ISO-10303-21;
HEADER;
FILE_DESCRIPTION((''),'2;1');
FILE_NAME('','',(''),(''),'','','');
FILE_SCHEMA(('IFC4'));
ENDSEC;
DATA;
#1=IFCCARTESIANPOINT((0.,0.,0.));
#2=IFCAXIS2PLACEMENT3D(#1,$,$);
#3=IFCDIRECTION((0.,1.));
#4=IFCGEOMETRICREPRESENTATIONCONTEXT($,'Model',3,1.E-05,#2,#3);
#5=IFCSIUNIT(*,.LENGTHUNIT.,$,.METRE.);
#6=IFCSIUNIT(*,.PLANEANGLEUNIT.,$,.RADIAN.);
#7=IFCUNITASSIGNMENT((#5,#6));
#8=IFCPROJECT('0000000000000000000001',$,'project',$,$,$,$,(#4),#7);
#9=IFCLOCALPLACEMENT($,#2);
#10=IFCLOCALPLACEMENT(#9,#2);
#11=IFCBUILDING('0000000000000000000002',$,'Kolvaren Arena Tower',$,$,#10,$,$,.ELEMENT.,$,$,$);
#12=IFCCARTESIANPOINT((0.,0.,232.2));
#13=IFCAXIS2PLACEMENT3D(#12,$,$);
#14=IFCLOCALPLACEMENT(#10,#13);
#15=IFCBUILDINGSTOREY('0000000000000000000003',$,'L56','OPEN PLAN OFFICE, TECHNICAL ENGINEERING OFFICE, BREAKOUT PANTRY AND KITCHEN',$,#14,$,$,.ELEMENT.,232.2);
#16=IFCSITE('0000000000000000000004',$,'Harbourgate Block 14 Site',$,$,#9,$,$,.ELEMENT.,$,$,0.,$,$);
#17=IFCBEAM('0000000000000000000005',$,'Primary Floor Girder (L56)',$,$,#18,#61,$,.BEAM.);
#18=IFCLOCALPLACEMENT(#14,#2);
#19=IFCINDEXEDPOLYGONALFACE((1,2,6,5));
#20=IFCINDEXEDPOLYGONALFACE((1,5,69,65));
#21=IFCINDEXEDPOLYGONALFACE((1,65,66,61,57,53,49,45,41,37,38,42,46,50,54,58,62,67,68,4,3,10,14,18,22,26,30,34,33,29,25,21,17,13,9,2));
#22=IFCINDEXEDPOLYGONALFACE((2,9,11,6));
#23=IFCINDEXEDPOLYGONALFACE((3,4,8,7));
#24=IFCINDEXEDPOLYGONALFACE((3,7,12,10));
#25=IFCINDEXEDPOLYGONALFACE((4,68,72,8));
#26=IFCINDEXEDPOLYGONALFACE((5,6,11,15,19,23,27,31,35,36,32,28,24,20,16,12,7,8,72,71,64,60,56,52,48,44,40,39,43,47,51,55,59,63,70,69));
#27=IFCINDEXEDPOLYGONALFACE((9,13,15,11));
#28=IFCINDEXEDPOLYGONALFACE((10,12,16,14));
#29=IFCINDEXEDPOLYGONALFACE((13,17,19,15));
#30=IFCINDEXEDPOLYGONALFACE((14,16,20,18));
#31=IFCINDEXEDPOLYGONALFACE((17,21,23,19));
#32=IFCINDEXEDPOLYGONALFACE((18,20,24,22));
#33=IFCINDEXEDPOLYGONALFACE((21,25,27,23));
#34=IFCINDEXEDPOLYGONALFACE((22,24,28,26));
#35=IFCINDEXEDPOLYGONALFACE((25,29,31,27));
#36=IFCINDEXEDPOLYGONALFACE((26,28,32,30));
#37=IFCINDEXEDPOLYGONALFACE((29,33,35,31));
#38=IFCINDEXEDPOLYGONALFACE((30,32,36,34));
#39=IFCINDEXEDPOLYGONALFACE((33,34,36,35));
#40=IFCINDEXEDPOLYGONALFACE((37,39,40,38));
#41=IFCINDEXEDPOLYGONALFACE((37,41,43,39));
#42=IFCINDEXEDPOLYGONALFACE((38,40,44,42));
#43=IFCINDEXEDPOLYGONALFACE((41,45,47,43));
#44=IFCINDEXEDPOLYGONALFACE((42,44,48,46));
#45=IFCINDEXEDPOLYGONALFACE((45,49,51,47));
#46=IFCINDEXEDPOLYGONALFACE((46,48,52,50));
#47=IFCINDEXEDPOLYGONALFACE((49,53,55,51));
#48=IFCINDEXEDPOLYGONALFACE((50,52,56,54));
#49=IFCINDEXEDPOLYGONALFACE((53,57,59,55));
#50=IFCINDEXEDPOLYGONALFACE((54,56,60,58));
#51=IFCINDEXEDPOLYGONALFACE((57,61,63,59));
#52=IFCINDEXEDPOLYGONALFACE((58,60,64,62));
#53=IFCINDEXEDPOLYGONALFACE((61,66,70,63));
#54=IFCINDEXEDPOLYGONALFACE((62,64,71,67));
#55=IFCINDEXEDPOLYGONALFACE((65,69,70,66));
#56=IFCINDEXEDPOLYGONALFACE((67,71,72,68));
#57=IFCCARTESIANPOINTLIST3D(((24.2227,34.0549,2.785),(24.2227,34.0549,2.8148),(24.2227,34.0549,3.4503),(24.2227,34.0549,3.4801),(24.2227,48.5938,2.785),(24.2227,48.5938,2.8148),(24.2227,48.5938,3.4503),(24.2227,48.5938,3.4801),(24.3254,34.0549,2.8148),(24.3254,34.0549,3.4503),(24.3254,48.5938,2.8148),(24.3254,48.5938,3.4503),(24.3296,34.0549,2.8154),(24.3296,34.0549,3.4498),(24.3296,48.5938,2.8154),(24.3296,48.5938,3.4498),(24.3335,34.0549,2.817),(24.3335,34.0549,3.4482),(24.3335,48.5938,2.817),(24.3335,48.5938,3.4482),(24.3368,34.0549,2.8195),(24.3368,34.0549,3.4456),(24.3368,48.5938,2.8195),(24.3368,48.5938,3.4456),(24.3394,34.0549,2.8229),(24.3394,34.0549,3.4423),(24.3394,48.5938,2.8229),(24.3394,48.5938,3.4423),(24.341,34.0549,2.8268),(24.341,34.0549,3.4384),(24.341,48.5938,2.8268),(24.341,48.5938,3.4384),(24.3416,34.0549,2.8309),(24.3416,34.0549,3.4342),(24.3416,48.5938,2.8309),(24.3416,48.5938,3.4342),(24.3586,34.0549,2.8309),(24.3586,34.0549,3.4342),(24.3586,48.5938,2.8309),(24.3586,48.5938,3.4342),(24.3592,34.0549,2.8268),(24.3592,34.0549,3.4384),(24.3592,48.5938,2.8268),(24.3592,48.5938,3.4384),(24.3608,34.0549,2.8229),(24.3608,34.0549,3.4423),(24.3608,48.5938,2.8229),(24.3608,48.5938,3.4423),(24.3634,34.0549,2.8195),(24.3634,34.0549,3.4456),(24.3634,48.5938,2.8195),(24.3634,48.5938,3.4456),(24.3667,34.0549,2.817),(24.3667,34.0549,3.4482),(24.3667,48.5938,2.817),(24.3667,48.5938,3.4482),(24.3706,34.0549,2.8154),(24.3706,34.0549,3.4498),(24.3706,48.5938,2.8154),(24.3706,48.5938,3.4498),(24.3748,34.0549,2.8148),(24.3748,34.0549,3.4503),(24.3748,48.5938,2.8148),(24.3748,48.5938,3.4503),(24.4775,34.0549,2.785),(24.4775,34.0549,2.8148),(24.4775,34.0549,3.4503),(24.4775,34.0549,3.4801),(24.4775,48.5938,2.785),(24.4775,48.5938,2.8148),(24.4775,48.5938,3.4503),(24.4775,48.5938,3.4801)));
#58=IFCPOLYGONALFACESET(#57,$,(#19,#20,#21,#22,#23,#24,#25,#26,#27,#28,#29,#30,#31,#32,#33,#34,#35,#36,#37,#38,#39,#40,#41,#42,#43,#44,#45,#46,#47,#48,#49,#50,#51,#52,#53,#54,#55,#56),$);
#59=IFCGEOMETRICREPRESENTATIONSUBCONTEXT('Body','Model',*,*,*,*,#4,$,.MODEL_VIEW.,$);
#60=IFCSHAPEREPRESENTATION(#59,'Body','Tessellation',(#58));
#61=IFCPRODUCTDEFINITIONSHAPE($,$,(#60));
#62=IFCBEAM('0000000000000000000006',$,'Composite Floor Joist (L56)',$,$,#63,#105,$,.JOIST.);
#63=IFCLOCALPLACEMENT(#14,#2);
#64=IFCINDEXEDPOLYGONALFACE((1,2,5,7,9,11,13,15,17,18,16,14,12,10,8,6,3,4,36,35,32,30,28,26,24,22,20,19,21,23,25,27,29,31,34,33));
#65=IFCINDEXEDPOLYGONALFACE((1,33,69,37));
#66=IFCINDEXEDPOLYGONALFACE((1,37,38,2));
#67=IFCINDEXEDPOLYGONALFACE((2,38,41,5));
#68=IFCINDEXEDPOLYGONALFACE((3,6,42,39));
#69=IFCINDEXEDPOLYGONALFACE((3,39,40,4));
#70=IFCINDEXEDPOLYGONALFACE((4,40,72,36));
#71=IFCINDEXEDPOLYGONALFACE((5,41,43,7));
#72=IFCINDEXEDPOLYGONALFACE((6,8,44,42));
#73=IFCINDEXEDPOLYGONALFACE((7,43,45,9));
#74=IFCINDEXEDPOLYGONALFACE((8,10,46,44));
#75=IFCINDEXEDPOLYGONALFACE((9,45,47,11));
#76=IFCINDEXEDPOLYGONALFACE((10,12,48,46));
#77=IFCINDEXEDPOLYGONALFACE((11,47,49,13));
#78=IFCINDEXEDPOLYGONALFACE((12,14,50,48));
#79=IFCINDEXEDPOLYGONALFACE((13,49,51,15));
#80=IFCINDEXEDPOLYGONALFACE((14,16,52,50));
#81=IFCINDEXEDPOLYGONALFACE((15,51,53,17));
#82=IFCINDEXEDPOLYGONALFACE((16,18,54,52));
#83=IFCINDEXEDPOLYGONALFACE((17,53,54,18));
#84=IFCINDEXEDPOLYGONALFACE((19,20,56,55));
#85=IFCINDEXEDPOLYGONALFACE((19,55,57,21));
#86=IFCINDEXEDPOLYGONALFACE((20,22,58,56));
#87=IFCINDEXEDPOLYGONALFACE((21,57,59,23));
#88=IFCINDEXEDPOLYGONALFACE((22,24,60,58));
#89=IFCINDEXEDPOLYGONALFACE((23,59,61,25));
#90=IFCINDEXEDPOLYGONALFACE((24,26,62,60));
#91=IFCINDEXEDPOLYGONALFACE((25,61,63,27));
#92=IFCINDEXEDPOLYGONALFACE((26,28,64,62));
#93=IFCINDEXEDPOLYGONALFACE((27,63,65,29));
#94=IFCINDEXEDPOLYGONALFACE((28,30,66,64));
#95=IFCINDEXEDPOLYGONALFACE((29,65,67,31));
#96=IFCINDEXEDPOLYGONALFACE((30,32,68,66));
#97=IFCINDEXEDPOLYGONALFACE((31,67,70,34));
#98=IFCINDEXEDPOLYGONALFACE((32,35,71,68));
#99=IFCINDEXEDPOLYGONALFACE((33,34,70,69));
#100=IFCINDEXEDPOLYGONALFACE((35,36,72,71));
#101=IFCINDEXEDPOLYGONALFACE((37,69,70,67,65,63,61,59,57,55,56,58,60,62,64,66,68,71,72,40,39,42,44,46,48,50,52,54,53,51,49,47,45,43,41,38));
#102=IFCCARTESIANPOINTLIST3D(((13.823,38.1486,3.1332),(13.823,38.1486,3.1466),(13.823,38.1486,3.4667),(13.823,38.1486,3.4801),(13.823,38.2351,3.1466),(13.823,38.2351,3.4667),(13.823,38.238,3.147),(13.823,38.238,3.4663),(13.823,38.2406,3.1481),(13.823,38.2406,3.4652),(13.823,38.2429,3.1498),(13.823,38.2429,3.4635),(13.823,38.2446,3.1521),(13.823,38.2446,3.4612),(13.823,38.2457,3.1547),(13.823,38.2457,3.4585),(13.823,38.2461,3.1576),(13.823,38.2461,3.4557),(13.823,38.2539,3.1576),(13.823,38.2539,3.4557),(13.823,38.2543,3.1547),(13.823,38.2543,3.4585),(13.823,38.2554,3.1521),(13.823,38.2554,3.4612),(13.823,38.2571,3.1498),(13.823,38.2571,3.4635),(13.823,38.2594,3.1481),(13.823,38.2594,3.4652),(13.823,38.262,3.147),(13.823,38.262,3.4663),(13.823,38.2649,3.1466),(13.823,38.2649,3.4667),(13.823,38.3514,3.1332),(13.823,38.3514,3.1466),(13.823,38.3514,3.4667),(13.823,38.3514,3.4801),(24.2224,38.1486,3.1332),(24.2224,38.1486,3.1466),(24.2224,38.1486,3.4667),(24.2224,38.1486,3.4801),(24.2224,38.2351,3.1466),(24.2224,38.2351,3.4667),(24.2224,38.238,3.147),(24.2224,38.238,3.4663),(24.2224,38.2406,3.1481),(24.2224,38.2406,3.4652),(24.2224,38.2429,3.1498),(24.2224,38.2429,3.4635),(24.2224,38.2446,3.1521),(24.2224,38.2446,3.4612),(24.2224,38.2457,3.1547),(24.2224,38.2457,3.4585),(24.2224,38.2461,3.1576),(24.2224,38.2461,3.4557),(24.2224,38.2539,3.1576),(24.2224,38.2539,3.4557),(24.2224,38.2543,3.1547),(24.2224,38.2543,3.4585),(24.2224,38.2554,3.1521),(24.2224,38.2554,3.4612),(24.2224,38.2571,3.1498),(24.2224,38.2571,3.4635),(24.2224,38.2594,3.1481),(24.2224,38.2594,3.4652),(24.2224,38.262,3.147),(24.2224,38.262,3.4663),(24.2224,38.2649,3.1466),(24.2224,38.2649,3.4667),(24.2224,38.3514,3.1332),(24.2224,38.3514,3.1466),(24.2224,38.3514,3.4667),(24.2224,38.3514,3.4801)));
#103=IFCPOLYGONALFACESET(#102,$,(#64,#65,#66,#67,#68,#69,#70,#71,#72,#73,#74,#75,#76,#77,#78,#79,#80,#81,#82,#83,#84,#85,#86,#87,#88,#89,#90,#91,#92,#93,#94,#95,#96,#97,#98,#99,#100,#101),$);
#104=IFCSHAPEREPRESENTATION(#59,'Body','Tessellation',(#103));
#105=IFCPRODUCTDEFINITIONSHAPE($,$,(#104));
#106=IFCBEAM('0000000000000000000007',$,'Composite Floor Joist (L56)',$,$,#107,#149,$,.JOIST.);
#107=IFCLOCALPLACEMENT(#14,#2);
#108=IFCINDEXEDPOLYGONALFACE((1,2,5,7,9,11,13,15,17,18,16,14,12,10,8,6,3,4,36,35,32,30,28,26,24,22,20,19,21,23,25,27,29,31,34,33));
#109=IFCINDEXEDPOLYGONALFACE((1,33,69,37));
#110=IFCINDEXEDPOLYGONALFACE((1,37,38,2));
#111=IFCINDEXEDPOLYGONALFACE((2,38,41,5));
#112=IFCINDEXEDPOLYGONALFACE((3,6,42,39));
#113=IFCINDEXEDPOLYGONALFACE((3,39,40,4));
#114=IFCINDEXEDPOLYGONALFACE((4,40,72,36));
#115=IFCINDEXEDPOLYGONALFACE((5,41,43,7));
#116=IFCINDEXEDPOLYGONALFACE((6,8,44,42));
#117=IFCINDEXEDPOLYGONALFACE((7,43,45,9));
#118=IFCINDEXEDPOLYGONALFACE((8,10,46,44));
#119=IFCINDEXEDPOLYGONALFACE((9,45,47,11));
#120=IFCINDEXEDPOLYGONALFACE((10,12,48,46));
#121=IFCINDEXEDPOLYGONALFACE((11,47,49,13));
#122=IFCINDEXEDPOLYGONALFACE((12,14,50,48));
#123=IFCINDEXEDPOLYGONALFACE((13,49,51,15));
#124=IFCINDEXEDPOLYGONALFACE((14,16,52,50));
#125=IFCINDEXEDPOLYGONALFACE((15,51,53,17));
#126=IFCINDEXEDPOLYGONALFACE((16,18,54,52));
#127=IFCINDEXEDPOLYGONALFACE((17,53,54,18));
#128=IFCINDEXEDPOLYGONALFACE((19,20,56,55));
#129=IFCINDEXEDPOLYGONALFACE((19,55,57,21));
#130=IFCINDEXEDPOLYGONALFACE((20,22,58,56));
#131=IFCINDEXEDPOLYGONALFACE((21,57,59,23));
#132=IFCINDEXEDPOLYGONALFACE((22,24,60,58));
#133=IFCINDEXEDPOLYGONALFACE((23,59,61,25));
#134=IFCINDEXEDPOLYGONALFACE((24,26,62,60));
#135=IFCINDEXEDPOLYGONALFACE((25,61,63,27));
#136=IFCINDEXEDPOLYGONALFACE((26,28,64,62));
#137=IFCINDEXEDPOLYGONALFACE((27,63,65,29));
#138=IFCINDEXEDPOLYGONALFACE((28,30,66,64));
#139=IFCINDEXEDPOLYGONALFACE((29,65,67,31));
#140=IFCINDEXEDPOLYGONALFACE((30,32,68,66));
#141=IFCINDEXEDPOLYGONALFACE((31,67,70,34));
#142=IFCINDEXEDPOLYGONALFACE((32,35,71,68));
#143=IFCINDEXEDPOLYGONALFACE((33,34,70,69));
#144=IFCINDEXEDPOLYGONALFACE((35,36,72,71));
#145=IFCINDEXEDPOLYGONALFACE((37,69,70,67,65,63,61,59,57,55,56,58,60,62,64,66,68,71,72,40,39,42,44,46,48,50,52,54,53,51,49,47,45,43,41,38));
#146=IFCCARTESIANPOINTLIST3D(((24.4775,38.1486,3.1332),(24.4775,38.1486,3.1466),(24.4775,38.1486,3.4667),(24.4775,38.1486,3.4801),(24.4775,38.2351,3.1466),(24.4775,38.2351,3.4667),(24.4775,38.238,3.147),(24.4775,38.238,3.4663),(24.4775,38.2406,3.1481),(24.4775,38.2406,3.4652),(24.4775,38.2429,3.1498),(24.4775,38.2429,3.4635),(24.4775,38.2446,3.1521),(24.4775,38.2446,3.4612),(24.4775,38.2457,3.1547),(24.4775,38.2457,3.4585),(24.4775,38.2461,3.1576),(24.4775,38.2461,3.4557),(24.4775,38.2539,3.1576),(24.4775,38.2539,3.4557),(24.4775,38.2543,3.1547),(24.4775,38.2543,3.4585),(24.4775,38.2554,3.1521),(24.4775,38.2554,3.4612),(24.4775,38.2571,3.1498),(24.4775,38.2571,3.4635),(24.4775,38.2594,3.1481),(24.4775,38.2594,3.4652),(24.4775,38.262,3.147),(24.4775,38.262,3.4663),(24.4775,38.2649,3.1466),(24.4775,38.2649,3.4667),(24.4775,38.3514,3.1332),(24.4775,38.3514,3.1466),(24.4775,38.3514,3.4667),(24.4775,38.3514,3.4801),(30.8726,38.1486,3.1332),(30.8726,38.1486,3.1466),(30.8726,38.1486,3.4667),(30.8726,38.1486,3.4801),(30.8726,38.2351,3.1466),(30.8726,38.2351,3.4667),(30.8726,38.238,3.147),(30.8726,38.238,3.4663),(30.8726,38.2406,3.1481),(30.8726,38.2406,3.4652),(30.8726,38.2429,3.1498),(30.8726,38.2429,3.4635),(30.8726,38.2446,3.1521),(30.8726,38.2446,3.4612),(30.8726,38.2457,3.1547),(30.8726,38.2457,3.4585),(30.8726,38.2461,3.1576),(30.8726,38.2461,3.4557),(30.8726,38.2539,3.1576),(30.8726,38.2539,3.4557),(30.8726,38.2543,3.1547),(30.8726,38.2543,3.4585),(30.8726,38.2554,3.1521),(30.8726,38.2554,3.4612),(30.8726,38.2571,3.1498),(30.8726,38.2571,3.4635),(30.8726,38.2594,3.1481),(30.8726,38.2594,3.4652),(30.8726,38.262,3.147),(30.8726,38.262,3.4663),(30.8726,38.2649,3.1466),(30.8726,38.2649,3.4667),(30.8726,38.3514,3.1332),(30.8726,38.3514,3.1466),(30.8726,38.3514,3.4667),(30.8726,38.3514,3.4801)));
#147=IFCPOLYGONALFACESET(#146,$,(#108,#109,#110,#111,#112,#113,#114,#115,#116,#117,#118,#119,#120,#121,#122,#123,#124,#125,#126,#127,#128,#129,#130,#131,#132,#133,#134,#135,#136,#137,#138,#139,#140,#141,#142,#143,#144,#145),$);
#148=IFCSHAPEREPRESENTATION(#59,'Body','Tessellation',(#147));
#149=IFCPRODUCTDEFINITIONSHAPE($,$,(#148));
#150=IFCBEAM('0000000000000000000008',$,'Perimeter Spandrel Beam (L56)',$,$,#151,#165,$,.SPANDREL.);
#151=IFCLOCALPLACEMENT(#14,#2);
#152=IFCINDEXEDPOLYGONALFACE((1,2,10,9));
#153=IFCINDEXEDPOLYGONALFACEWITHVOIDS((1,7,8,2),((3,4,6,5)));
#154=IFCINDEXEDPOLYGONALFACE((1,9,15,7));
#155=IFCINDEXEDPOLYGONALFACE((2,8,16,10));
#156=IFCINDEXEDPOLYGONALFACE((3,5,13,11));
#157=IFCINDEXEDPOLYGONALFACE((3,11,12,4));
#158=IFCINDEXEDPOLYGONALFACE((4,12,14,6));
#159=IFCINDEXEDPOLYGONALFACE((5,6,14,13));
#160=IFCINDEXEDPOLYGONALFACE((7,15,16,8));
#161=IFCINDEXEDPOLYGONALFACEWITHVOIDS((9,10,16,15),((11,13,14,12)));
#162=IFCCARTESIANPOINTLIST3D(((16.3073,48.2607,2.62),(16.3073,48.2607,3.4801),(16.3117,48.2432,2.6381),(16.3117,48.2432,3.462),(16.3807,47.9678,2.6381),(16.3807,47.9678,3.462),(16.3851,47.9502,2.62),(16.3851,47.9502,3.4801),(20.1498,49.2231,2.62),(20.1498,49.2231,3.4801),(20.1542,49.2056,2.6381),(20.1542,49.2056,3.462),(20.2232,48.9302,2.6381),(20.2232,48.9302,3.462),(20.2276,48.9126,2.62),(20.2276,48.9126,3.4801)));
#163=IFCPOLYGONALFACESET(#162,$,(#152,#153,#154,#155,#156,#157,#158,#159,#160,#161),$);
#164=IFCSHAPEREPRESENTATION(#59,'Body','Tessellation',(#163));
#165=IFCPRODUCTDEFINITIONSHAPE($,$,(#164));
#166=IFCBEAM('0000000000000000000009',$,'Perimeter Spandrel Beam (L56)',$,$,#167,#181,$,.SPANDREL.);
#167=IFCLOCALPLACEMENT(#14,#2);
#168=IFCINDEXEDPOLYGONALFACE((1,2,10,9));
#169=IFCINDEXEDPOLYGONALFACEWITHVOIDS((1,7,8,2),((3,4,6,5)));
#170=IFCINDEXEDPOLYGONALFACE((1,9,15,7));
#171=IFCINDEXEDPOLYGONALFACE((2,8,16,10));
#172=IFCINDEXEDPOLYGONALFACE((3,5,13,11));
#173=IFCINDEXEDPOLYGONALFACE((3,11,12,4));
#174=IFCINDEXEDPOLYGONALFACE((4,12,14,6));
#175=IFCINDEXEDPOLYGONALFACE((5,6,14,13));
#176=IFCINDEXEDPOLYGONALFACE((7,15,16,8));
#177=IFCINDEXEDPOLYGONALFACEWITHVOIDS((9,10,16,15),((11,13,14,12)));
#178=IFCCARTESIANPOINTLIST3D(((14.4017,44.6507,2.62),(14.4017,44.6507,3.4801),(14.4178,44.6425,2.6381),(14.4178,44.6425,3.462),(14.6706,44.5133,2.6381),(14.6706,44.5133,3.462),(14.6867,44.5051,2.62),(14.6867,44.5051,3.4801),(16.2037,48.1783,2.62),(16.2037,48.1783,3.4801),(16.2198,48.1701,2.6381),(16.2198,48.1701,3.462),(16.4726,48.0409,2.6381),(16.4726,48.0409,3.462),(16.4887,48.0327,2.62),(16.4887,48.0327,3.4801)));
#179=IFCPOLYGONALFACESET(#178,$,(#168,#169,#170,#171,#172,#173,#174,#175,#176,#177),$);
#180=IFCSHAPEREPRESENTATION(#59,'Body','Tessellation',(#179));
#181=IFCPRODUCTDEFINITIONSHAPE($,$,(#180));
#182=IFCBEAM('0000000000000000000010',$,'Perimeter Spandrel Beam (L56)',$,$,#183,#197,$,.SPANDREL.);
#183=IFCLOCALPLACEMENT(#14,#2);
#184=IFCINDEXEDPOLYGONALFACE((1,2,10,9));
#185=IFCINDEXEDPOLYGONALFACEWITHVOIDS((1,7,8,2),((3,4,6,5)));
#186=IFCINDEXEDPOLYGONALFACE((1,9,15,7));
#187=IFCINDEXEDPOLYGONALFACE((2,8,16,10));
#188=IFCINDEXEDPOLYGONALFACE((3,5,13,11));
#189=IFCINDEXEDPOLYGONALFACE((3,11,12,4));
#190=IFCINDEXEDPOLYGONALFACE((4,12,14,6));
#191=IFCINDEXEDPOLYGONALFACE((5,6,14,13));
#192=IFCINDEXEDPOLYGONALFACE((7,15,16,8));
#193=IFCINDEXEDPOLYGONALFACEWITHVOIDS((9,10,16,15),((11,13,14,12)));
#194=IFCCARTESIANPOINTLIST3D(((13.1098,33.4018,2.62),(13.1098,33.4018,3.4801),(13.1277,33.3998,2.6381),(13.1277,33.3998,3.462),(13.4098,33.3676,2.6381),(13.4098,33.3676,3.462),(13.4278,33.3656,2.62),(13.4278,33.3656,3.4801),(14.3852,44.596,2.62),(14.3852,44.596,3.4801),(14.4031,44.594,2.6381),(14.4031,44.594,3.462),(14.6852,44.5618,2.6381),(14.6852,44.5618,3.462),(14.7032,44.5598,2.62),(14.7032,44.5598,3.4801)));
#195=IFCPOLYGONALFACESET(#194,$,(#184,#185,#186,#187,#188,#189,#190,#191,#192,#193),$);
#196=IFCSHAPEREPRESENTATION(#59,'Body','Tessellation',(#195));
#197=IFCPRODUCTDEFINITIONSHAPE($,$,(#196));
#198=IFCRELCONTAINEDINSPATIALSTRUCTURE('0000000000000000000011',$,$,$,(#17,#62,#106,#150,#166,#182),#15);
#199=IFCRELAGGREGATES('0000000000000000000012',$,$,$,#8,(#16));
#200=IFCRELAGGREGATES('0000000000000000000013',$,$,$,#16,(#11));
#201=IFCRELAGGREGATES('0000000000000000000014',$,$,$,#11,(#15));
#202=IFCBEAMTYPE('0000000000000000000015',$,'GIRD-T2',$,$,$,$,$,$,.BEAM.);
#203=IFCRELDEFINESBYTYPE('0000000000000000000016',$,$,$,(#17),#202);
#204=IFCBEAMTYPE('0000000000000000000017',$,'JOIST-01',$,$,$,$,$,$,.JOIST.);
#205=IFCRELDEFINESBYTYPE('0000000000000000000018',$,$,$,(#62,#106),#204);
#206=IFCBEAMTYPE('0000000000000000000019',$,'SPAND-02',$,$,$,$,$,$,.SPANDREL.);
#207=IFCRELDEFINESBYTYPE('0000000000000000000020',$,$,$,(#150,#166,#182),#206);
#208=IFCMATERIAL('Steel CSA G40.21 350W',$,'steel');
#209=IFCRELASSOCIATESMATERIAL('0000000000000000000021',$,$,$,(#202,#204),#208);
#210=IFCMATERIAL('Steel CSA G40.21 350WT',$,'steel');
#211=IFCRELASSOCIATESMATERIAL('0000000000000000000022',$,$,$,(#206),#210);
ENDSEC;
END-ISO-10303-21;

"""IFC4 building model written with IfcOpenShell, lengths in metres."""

from ifc_helpers import new_model, si_unit, direction, frame, origin, origin_2d, place, context, subcontext, project, spatial, hollow_rectangle, i_section, extrude, material, material_profile, profile_set, type_object, element, save


model = new_model("IFC4")

# Units and contexts
model_context = context("Model", 3, precision=1e-05, world=origin(), true_north=direction((0.0, 1.0)))
body_context = subcontext(model_context, "Body", "Model", "MODEL_VIEW")
ifc_project = project(units=[si_unit("LENGTHUNIT", "METRE"), si_unit("PLANEANGLEUNIT", "RADIAN")], contexts=[model_context])

# Site, building, storey
site_placement = place(None, origin())
site = spatial("IfcSite", under=ifc_project, at=site_placement, Name="Harbourgate Block 14 Site", CompositionType="ELEMENT", RefElevation=0.0)
building_placement = place(site_placement, origin())
building = spatial("IfcBuilding", under=site, at=building_placement, Name="Kolvaren Arena Tower", CompositionType="ELEMENT")
storey_placement = place(building_placement, frame((0.0, 0.0, 232.2)))
storey = spatial("IfcBuildingStorey", under=building, at=storey_placement, Name="L56", Description="OPEN PLAN OFFICE, TECHNICAL ENGINEERING OFFICE, BREAKOUT PANTRY AND KITCHEN", CompositionType="ELEMENT", Elevation=232.2)

# Beams
ifc_material_1 = material(Name="Steel CSA G40.21 350W", Category="steel")
ifc_material_profile_1 = material_profile(ifc_material_1, i_section(OverallWidth=0.2549, OverallDepth=0.6951, WebThickness=0.0171, FlangeThickness=0.0298, FilletRadius=0.0161, at=origin_2d()), Name="W690x217")
ifc_profile_set_1 = profile_set([ifc_material_profile_1], Name="Steel CSA G40.21 350W")
beam_type_1 = type_object("IfcBeamType", Name="GIRD-T2", PredefinedType="BEAM", material=ifc_profile_set_1)
beam_1_placement = place(storey_placement, frame((24.3501, 34.0549, 3.1326), z_axis=(0.0, 1.0, 0.0), x_axis=(-1.0, 0.0, 0.0)))
element("IfcBeam", 1, at=beam_1_placement, inside=storey, type_object=beam_type_1, Name="Primary Floor Girder (L56)", PredefinedType="BEAM", context=body_context, shape_type="SweptSolid", body=[
    extrude(i_section(OverallWidth=0.2549, OverallDepth=0.6951, WebThickness=0.0171, FlangeThickness=0.0298, FilletRadius=0.0161, at=origin_2d()), origin(), (0.0, 0.0, 1.0), 14.5388),
])
ifc_material_profile_2 = material_profile(ifc_material_1, i_section(OverallWidth=0.2029, OverallDepth=0.3469, WebThickness=0.0078, FlangeThickness=0.0134, FilletRadius=0.011, at=origin_2d()), Name="W360x64")
ifc_profile_set_2 = profile_set([ifc_material_profile_2], Name="Steel CSA G40.21 350W")
beam_type_2 = type_object("IfcBeamType", Name="JOIST-01", PredefinedType="JOIST", material=ifc_profile_set_2)
beam_2_placement = place(storey_placement, frame((13.823, 38.25, 3.3066), z_axis=(1.0, 0.0, 0.0), x_axis=(0.0, 1.0, 0.0)))
element("IfcBeam", 2, at=beam_2_placement, inside=storey, type_object=beam_type_2, Name="Composite Floor Joist (L56)", PredefinedType="JOIST", context=body_context, shape_type="SweptSolid", body=[
    extrude(i_section(OverallWidth=0.2029, OverallDepth=0.3469, WebThickness=0.0078, FlangeThickness=0.0134, FilletRadius=0.011, at=origin_2d()), origin(), (0.0, 0.0, 1.0), 10.3994),
])
beam_3_placement = place(storey_placement, frame((24.4775, 38.25, 3.3066), z_axis=(1.0, 0.0, 0.0), x_axis=(0.0, 1.0, 0.0)))
element("IfcBeam", 3, at=beam_3_placement, inside=storey, type_object=beam_type_2, Name="Composite Floor Joist (L56)", PredefinedType="JOIST", context=body_context, shape_type="SweptSolid", body=[
    extrude(i_section(OverallWidth=0.2029, OverallDepth=0.3469, WebThickness=0.0078, FlangeThickness=0.0134, FilletRadius=0.011, at=origin_2d()), origin(), (0.0, 0.0, 1.0), 6.395),
])
ifc_material_2 = material(Name="Steel CSA G40.21 350WT", Category="steel")
ifc_material_profile_3 = material_profile(ifc_material_2, hollow_rectangle(XDim=0.3201, YDim=0.8601, WallThickness=0.0181, at=origin_2d()), Name="HSS 860x320x18")
ifc_profile_set_3 = profile_set([ifc_material_profile_3], Name="Steel CSA G40.21 350WT")
beam_type_3 = type_object("IfcBeamType", Name="SPAND-02", PredefinedType="SPANDREL", material=ifc_profile_set_3)
for number, where, z_axis, x_axis, name in (
    (4, (20.1887, 49.0679, 3.05), (-0.970037, -0.242956, 0.0), (0.242956, -0.970037, 0.0), "Perimeter Spandrel Beam (L56)"),
    (5, (16.3462, 48.1055, 3.05), (-0.454913, -0.890536, 0.0), (0.890536, -0.454913, 0.0), "Perimeter Spandrel Beam (L56)"),
):
    element("IfcBeam", number, at=place(storey_placement, frame(where, z_axis=z_axis, x_axis=x_axis)), inside=storey, type_object=beam_type_3, Name=name, PredefinedType="SPANDREL", context=body_context, shape_type="SweptSolid", body=[
        extrude(hollow_rectangle(XDim=0.3201, YDim=0.8601, WallThickness=0.0181, at=origin_2d()), origin(), (0.0, 0.0, 1.0), 3.9612),
    ])
beam_4_placement = place(storey_placement, frame((14.5442, 44.5779, 3.05), z_axis=(-0.113202, -0.993572, 0.0), x_axis=(0.993572, -0.113202, 0.0)))
element("IfcBeam", 6, at=beam_4_placement, inside=storey, type_object=beam_type_3, Name="Perimeter Spandrel Beam (L56)", PredefinedType="SPANDREL", context=body_context, shape_type="SweptSolid", body=[
    extrude(hollow_rectangle(XDim=0.3201, YDim=0.8601, WallThickness=0.0181, at=origin_2d()), origin(), (0.0, 0.0, 1.0), 11.2666),
])

save(model, "model.ifc")
